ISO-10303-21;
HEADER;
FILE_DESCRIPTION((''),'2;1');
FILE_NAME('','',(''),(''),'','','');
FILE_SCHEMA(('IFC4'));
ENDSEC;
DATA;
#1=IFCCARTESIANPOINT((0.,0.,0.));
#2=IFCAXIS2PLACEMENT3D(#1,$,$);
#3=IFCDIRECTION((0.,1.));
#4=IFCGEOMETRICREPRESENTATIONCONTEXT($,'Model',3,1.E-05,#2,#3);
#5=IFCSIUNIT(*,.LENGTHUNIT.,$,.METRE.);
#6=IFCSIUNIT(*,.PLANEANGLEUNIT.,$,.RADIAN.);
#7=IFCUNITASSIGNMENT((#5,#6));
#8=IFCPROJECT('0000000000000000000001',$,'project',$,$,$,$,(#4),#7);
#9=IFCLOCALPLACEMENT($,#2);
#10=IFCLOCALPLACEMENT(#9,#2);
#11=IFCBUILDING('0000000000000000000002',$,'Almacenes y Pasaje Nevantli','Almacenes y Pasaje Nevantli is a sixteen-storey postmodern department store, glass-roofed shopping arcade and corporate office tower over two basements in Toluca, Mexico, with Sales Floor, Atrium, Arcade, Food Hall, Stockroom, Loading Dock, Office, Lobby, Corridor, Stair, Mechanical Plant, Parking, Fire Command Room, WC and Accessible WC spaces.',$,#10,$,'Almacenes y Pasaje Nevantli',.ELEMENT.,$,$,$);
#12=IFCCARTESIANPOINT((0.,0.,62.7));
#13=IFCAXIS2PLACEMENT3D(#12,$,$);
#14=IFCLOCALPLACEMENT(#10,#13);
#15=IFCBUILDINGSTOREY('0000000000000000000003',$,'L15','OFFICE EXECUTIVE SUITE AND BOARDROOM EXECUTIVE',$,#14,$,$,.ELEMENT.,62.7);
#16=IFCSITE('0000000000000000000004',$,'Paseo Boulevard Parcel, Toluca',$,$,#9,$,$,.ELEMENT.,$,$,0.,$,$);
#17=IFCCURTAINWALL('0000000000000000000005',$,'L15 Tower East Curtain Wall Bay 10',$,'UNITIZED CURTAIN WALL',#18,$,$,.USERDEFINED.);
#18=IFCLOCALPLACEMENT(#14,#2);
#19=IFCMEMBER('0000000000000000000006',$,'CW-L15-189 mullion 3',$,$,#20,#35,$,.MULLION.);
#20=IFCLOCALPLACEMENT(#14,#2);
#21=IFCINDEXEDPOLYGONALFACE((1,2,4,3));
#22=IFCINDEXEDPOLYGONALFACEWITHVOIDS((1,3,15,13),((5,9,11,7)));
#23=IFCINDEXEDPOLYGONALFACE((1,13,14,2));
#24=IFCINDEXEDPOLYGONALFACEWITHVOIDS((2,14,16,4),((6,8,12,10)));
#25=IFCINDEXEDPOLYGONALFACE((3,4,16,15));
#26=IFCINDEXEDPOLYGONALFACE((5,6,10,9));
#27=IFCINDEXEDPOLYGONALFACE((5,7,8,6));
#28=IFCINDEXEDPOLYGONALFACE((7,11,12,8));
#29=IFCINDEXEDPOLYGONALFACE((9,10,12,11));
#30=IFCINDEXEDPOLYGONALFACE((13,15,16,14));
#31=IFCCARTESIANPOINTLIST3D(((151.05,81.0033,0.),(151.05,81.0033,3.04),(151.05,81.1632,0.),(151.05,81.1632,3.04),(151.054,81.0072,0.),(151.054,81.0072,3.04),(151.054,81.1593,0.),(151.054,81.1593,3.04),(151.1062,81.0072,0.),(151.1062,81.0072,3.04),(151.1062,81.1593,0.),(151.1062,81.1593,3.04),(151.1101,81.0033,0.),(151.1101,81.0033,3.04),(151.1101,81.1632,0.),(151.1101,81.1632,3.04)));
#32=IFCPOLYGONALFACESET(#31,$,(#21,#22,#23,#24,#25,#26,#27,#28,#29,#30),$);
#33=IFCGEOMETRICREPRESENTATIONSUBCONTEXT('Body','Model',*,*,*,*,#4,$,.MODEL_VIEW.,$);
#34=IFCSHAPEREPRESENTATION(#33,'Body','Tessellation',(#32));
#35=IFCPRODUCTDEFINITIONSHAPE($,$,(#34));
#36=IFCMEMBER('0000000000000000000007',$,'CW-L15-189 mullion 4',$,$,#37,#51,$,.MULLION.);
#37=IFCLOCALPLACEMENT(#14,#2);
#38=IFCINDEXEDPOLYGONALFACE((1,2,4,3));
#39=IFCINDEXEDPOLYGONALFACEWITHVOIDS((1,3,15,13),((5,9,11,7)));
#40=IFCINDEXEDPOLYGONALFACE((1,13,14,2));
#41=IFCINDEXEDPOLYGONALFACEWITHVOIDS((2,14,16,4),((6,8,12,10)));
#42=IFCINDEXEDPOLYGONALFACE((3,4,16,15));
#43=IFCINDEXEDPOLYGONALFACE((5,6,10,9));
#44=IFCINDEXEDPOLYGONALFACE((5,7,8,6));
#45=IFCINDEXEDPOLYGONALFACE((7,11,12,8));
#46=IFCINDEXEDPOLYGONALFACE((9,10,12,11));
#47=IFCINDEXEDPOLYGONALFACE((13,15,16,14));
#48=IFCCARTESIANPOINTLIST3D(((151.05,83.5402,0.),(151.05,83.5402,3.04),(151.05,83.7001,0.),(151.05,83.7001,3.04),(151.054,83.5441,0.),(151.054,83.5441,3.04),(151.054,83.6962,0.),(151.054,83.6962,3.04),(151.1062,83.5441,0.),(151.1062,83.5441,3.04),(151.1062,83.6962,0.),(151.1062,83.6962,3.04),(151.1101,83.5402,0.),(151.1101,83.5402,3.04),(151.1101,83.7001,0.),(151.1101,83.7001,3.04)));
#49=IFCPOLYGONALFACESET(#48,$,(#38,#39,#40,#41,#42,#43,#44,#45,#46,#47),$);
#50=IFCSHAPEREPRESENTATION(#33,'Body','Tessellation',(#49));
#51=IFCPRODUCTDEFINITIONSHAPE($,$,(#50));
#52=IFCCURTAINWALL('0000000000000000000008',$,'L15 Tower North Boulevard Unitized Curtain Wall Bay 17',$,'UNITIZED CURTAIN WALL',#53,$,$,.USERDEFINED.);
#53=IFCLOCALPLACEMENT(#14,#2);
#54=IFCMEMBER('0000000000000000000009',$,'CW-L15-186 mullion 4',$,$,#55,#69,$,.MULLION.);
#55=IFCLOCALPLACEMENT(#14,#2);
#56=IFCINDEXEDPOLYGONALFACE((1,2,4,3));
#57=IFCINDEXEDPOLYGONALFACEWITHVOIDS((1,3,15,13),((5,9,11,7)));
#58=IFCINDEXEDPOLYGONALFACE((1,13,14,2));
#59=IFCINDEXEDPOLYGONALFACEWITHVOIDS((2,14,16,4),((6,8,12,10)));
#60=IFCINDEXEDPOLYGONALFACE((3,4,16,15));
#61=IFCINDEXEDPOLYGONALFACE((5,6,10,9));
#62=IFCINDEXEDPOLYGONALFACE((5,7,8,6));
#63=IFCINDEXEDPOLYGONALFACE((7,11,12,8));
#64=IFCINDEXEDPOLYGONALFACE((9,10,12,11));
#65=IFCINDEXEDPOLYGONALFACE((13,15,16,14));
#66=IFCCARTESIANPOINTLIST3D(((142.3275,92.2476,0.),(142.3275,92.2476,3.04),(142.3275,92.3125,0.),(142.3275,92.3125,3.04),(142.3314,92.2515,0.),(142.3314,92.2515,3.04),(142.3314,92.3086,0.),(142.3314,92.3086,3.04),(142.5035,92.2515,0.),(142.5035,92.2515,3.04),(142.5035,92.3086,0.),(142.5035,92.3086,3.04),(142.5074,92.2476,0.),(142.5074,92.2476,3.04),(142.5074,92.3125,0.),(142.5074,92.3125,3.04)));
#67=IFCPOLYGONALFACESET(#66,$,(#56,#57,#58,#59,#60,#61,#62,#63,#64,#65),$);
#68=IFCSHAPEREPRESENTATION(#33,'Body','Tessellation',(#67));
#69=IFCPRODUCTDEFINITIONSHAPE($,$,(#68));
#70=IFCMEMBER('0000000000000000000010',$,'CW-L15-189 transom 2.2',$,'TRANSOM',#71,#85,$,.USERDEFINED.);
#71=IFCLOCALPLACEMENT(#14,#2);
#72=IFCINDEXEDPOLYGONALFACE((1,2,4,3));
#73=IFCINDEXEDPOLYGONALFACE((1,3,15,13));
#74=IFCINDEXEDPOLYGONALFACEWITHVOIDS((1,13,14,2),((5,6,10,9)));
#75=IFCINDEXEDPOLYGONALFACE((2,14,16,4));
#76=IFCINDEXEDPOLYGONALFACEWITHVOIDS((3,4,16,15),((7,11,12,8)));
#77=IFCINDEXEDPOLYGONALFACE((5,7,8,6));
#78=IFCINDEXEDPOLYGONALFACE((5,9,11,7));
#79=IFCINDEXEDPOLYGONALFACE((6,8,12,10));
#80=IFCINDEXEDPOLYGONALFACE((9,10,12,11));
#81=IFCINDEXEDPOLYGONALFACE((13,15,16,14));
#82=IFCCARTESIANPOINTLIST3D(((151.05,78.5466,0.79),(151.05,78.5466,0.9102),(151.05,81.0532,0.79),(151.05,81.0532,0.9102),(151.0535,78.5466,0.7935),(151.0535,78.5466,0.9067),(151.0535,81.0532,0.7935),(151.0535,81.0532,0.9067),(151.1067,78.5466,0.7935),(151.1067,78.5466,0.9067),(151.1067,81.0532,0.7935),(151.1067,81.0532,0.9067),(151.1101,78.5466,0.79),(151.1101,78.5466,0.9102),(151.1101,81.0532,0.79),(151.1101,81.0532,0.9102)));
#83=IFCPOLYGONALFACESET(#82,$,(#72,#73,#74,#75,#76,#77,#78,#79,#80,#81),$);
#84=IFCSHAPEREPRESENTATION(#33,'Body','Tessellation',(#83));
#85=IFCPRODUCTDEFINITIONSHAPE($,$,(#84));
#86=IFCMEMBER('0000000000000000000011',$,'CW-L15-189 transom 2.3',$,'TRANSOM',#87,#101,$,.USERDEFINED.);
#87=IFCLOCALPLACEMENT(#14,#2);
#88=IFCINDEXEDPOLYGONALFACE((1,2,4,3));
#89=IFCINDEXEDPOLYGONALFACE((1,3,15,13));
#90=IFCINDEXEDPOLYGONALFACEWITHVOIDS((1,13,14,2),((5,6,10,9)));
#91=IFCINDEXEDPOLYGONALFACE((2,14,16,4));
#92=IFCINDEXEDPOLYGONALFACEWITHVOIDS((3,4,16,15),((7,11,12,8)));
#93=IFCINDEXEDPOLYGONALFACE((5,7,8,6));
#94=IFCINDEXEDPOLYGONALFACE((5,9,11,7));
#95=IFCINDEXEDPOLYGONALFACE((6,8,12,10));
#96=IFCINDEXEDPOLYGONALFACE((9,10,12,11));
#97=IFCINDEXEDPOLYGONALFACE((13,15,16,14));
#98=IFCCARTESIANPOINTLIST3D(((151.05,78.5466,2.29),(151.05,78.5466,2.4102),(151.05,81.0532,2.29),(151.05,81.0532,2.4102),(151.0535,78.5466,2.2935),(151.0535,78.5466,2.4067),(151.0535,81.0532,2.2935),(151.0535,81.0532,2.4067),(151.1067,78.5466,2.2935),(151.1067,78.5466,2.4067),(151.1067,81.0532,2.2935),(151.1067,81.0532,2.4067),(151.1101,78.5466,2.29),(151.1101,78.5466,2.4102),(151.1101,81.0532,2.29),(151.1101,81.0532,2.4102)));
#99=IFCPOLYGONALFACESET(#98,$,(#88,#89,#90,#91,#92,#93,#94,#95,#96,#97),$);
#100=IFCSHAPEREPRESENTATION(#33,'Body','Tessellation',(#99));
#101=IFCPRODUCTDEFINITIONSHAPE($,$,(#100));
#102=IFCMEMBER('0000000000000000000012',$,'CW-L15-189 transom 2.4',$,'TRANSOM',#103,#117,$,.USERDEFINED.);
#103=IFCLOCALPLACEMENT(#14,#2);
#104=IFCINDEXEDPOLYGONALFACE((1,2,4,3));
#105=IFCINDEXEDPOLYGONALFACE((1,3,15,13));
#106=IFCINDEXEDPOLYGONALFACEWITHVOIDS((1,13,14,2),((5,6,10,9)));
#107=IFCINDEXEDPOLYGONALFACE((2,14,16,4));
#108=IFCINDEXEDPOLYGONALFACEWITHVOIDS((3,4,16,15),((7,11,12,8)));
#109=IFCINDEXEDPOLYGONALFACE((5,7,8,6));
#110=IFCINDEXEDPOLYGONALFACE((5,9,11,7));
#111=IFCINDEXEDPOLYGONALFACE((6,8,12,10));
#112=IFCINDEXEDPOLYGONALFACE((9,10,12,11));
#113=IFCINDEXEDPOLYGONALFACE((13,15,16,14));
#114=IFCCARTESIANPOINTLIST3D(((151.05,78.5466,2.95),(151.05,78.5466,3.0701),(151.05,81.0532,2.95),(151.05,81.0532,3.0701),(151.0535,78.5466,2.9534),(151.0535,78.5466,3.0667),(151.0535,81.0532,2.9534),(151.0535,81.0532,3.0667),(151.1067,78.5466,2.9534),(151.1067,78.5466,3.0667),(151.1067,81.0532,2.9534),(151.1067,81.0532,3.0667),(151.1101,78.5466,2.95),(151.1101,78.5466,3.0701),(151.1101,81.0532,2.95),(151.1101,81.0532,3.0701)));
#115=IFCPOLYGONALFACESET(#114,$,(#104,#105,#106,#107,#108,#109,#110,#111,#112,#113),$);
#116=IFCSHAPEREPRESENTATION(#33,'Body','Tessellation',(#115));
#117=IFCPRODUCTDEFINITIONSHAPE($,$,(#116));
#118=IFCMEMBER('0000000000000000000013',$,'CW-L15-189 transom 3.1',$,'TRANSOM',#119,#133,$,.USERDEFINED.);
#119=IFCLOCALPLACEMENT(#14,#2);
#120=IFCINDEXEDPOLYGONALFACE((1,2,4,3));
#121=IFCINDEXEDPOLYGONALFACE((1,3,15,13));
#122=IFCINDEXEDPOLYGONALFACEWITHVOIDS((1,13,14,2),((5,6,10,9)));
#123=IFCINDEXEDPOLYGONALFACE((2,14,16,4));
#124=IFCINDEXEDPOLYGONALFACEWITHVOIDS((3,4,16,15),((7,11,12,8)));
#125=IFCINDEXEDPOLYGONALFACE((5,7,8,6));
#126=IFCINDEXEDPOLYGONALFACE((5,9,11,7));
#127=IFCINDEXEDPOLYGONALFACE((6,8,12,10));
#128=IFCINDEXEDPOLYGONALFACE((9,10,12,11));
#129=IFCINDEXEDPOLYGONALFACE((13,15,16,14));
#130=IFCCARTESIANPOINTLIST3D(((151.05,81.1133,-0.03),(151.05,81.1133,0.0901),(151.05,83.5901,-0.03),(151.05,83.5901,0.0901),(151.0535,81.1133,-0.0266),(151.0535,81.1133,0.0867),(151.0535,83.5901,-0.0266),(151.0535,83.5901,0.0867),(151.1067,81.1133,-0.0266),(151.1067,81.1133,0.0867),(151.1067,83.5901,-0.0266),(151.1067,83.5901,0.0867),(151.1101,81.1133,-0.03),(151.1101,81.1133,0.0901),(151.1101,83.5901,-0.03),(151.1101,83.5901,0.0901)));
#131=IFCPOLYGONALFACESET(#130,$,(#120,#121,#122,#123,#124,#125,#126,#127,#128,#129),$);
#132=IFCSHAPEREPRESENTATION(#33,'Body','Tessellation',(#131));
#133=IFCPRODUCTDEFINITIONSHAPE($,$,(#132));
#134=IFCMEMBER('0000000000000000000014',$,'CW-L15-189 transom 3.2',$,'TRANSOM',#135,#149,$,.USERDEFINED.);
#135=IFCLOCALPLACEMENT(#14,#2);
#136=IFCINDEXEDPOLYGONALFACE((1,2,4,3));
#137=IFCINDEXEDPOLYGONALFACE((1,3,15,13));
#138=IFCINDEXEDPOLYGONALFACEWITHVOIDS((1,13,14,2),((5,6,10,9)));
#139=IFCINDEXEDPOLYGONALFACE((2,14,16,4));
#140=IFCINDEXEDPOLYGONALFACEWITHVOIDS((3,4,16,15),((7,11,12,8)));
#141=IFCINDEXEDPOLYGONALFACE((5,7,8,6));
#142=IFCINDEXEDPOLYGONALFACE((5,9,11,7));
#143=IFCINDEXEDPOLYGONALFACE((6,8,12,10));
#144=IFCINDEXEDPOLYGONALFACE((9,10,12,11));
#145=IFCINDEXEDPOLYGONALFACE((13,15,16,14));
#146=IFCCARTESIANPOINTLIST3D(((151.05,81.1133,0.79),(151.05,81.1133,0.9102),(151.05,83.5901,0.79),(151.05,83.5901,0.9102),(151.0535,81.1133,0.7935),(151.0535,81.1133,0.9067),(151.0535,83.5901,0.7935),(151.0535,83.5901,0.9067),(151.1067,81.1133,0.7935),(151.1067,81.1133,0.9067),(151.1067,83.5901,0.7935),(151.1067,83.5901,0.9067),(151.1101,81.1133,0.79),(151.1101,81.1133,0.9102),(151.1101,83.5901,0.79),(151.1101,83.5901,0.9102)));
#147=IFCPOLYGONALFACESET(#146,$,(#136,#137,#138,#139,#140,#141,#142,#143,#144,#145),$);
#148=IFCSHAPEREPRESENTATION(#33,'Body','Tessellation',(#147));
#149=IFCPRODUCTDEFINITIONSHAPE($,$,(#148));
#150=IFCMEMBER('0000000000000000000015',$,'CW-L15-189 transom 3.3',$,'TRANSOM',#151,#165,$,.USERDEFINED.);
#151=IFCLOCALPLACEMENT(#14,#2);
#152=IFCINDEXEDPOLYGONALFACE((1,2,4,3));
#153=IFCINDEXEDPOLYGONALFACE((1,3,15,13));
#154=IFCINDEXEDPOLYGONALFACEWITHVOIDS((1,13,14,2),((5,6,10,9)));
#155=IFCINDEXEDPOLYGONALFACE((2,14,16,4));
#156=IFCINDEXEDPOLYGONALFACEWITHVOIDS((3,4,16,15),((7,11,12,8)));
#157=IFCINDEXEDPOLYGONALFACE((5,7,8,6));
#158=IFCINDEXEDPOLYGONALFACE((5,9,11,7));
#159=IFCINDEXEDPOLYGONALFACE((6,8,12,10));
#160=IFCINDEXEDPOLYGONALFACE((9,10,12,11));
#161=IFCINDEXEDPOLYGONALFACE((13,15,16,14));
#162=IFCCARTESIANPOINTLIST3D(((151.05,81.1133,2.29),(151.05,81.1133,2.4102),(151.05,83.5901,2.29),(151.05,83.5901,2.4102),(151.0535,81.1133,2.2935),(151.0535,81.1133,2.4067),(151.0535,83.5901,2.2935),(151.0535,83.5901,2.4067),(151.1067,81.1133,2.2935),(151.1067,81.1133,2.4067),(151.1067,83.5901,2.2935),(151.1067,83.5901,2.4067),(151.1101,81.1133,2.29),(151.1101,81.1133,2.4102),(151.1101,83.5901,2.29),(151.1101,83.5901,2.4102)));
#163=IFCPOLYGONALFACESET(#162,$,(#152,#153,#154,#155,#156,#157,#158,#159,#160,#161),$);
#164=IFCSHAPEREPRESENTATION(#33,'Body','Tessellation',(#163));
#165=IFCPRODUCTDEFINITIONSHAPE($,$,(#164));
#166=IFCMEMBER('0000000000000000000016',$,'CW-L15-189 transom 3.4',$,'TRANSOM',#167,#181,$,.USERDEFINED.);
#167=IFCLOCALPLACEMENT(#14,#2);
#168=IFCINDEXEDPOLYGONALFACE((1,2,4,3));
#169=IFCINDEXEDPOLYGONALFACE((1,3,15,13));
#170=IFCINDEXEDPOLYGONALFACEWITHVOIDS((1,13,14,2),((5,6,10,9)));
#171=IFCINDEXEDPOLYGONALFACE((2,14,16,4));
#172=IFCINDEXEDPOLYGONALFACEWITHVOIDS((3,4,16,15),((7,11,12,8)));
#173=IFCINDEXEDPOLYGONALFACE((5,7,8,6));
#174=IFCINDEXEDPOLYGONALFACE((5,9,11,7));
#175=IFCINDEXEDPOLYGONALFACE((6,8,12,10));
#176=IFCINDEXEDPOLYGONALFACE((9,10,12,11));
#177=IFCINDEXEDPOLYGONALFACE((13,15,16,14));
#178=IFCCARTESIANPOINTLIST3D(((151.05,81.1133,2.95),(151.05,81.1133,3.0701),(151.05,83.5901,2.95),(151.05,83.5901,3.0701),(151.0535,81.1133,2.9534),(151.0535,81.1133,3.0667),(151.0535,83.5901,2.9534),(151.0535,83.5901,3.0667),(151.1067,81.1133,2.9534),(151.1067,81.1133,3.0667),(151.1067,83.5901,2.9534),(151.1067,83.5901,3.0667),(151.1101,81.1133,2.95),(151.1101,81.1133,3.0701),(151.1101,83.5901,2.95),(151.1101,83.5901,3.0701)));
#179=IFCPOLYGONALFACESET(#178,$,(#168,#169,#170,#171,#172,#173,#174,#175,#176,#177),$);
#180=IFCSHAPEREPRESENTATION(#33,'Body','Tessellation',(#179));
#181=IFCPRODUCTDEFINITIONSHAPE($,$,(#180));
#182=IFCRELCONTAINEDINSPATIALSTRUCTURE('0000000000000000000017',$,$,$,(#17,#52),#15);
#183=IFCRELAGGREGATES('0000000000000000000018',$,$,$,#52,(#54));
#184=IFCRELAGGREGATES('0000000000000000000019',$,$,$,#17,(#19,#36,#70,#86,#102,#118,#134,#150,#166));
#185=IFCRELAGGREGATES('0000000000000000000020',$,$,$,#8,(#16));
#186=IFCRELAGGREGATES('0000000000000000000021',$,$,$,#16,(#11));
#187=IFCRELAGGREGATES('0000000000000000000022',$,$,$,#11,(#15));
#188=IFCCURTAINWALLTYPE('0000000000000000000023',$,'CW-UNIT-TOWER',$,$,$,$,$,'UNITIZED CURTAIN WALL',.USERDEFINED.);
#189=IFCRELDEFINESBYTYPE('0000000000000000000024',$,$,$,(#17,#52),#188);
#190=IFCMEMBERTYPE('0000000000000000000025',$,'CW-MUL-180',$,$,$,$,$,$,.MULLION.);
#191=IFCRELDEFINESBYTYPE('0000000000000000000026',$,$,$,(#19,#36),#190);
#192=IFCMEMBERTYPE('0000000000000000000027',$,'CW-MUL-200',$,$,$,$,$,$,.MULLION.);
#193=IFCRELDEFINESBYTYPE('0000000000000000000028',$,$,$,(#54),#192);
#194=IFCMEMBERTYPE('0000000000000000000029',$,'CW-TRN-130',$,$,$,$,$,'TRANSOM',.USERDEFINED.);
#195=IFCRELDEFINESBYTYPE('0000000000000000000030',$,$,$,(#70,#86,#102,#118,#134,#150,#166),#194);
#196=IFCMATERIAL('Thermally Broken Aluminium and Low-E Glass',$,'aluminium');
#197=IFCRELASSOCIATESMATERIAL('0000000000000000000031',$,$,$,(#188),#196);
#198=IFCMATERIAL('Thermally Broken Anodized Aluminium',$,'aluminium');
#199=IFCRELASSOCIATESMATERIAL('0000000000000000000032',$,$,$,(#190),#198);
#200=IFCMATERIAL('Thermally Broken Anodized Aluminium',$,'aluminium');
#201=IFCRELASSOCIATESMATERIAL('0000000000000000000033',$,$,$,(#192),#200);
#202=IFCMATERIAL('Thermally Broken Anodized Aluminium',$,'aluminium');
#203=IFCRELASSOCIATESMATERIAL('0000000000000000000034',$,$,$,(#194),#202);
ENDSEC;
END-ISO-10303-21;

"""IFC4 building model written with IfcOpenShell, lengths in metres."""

from ifc_helpers import new_model, si_unit, direction, frame, origin, origin_2d, place, context, subcontext, project, spatial, hollow_rectangle, extrude, material, material_profile, profile_set, type_object, element, aggregate, save


model = new_model("IFC4")

# Units and contexts
model_context = context("Model", 3, precision=1e-05, world=origin(), true_north=direction((0.0, 1.0)))
body_context = subcontext(model_context, "Body", "Model", "MODEL_VIEW")
ifc_project = project(units=[si_unit("LENGTHUNIT", "METRE"), si_unit("PLANEANGLEUNIT", "RADIAN")], contexts=[model_context])

# Site, building, storey
site_placement = place(None, origin())
site = spatial("IfcSite", under=ifc_project, at=site_placement, Name="Paseo Boulevard Parcel, Toluca", CompositionType="ELEMENT", RefElevation=0.0)
building_placement = place(site_placement, origin())
building = spatial("IfcBuilding", under=site, at=building_placement, Name="Almacenes y Pasaje Nevantli", Description="Almacenes y Pasaje Nevantli is a sixteen-storey postmodern department store, glass-roofed shopping arcade and corporate office tower over two basements in Toluca, Mexico, with Sales Floor, Atrium, Arcade, Food Hall, Stockroom, Loading Dock, Office, Lobby, Corridor, Stair, Mechanical Plant, Parking, Fire Command Room, WC and Accessible WC spaces.", LongName="Almacenes y Pasaje Nevantli", CompositionType="ELEMENT")
storey_placement = place(building_placement, frame((0.0, 0.0, 62.7)))
storey = spatial("IfcBuildingStorey", under=building, at=storey_placement, Name="L15", Description="OFFICE EXECUTIVE SUITE AND BOARDROOM EXECUTIVE", CompositionType="ELEMENT", Elevation=62.7)

# Curtain wall, members
ifc_material_1 = material(Name="Thermally Broken Aluminium and Low-E Glass", Category="aluminium")
curtain_wall_type = type_object("IfcCurtainWallType", Name="CW-UNIT-TOWER", ElementType="UNITIZED CURTAIN WALL", PredefinedType="USERDEFINED", material=ifc_material_1)
curtain_wall_1_placement = place(storey_placement, origin())
curtain_wall_1 = element("IfcCurtainWall", 1, at=curtain_wall_1_placement, inside=storey, type_object=curtain_wall_type, Name="L15 Tower East Curtain Wall Bay 10", ObjectType="UNITIZED CURTAIN WALL", PredefinedType="USERDEFINED")
ifc_material_2 = material(Name="Thermally Broken Anodized Aluminium", Category="aluminium")
ifc_material_profile_1 = material_profile(ifc_material_2, hollow_rectangle(XDim=0.0601, YDim=0.1599, WallThickness=0.0039, at=origin_2d()), Name="ALU-MUL-60x160")
ifc_profile_set_1 = profile_set([ifc_material_profile_1], Name="Thermally Broken Anodized Aluminium")
member_type_1 = type_object("IfcMemberType", Name="CW-MUL-180", PredefinedType="MULLION", material=ifc_profile_set_1)
member_1_placement = place(storey_placement, frame((151.0801, 81.0833, 0.0), z_axis=(0.0, 0.0, 1.0), x_axis=(-1.0, 0.0, 0.0)))
member_1 = element("IfcMember", 2, at=member_1_placement, type_object=member_type_1, Name="CW-L15-189 mullion 3", PredefinedType="MULLION", context=body_context, shape_type="SweptSolid", body=[
    extrude(hollow_rectangle(XDim=0.0601, YDim=0.1599, WallThickness=0.0039, at=origin_2d()), origin(), (0.0, 0.0, 1.0), 3.04),
])
member_2_placement = place(storey_placement, frame((151.0801, 83.6201, 0.0), z_axis=(0.0, 0.0, 1.0), x_axis=(-1.0, 0.0, 0.0)))
member_2 = element("IfcMember", 3, at=member_2_placement, type_object=member_type_1, Name="CW-L15-189 mullion 4", PredefinedType="MULLION", context=body_context, shape_type="SweptSolid", body=[
    extrude(hollow_rectangle(XDim=0.0601, YDim=0.1599, WallThickness=0.0039, at=origin_2d()), origin(), (0.0, 0.0, 1.0), 3.04),
])

# Curtain wall, member
curtain_wall_2_placement = place(storey_placement, origin())
curtain_wall_2 = element("IfcCurtainWall", 4, at=curtain_wall_2_placement, inside=storey, type_object=curtain_wall_type, Name="L15 Tower North Boulevard Unitized Curtain Wall Bay 17", ObjectType="UNITIZED CURTAIN WALL", PredefinedType="USERDEFINED")
ifc_material_3 = material(Name="Thermally Broken Anodized Aluminium", Category="aluminium")
ifc_material_profile_2 = material_profile(ifc_material_3, hollow_rectangle(XDim=0.0649, YDim=0.1799, WallThickness=0.0039, at=origin_2d()), Name="ALU-MUL-65x180")
ifc_profile_set_2 = profile_set([ifc_material_profile_2], Name="Thermally Broken Anodized Aluminium")
member_type_2 = type_object("IfcMemberType", Name="CW-MUL-200", PredefinedType="MULLION", material=ifc_profile_set_2)
member_3_placement = place(storey_placement, frame((142.4175, 92.28, 0.0), z_axis=(0.0, 0.0, 1.0), x_axis=(0.0, 1.0, 0.0)))
member_3 = element("IfcMember", 5, at=member_3_placement, type_object=member_type_2, Name="CW-L15-186 mullion 4", PredefinedType="MULLION", context=body_context, shape_type="SweptSolid", body=[
    extrude(hollow_rectangle(XDim=0.0649, YDim=0.1799, WallThickness=0.0039, at=origin_2d()), origin(), (0.0, 0.0, 1.0), 3.04),
])

# Members
ifc_material_4 = material(Name="Thermally Broken Anodized Aluminium", Category="aluminium")
ifc_material_profile_3 = material_profile(ifc_material_4, hollow_rectangle(XDim=0.0601, YDim=0.1201, WallThickness=0.0034, at=origin_2d()), Name="ALU-TRN-60x120")
ifc_profile_set_3 = profile_set([ifc_material_profile_3], Name="Thermally Broken Anodized Aluminium")
member_type_3 = type_object("IfcMemberType", Name="CW-TRN-130", ElementType="TRANSOM", PredefinedType="USERDEFINED", material=ifc_profile_set_3)
member_4_placement = place(storey_placement, frame((151.0801, 78.5466, 0.8501), z_axis=(0.0, 1.0, 0.0), x_axis=(-1.0, 0.0, 0.0)))
member_4 = element("IfcMember", 6, at=member_4_placement, type_object=member_type_3, Name="CW-L15-189 transom 2.2", ObjectType="TRANSOM", PredefinedType="USERDEFINED", context=body_context, shape_type="SweptSolid", body=[
    extrude(hollow_rectangle(XDim=0.0601, YDim=0.1201, WallThickness=0.0034, at=origin_2d()), origin(), (0.0, 0.0, 1.0), 2.5066),
])
member_5_placement = place(storey_placement, frame((151.0801, 78.5466, 2.3501), z_axis=(0.0, 1.0, 0.0), x_axis=(-1.0, 0.0, 0.0)))
member_5 = element("IfcMember", 7, at=member_5_placement, type_object=member_type_3, Name="CW-L15-189 transom 2.3", ObjectType="TRANSOM", PredefinedType="USERDEFINED", context=body_context, shape_type="SweptSolid", body=[
    extrude(hollow_rectangle(XDim=0.0601, YDim=0.1201, WallThickness=0.0034, at=origin_2d()), origin(), (0.0, 0.0, 1.0), 2.5066),
])
member_6_placement = place(storey_placement, frame((151.0801, 78.5466, 3.01), z_axis=(0.0, 1.0, 0.0), x_axis=(-1.0, 0.0, 0.0)))
member_6 = element("IfcMember", 8, at=member_6_placement, type_object=member_type_3, Name="CW-L15-189 transom 2.4", ObjectType="TRANSOM", PredefinedType="USERDEFINED", context=body_context, shape_type="SweptSolid", body=[
    extrude(hollow_rectangle(XDim=0.0601, YDim=0.1201, WallThickness=0.0034, at=origin_2d()), origin(), (0.0, 0.0, 1.0), 2.5066),
])
member_7_placement = place(storey_placement, frame((151.0801, 81.1133, 0.03), z_axis=(0.0, 1.0, 0.0), x_axis=(-1.0, 0.0, 0.0)))
member_7 = element("IfcMember", 9, at=member_7_placement, type_object=member_type_3, Name="CW-L15-189 transom 3.1", ObjectType="TRANSOM", PredefinedType="USERDEFINED", context=body_context, shape_type="SweptSolid", body=[
    extrude(hollow_rectangle(XDim=0.0601, YDim=0.1201, WallThickness=0.0034, at=origin_2d()), origin(), (0.0, 0.0, 1.0), 2.4768),
])
member_8_placement = place(storey_placement, frame((151.0801, 81.1133, 0.8501), z_axis=(0.0, 1.0, 0.0), x_axis=(-1.0, 0.0, 0.0)))
member_8 = element("IfcMember", 10, at=member_8_placement, type_object=member_type_3, Name="CW-L15-189 transom 3.2", ObjectType="TRANSOM", PredefinedType="USERDEFINED", context=body_context, shape_type="SweptSolid", body=[
    extrude(hollow_rectangle(XDim=0.0601, YDim=0.1201, WallThickness=0.0034, at=origin_2d()), origin(), (0.0, 0.0, 1.0), 2.4768),
])
member_9_placement = place(storey_placement, frame((151.0801, 81.1133, 2.3501), z_axis=(0.0, 1.0, 0.0), x_axis=(-1.0, 0.0, 0.0)))
member_9 = element("IfcMember", 11, at=member_9_placement, type_object=member_type_3, Name="CW-L15-189 transom 3.3", ObjectType="TRANSOM", PredefinedType="USERDEFINED", context=body_context, shape_type="SweptSolid", body=[
    extrude(hollow_rectangle(XDim=0.0601, YDim=0.1201, WallThickness=0.0034, at=origin_2d()), origin(), (0.0, 0.0, 1.0), 2.4768),
])
member_10_placement = place(storey_placement, frame((151.0801, 81.1133, 3.01), z_axis=(0.0, 1.0, 0.0), x_axis=(-1.0, 0.0, 0.0)))
member_10 = element("IfcMember", 12, at=member_10_placement, type_object=member_type_3, Name="CW-L15-189 transom 3.4", ObjectType="TRANSOM", PredefinedType="USERDEFINED", context=body_context, shape_type="SweptSolid", body=[
    extrude(hollow_rectangle(XDim=0.0601, YDim=0.1201, WallThickness=0.0034, at=origin_2d()), origin(), (0.0, 0.0, 1.0), 2.4768),
])

aggregate(curtain_wall_2, [member_3])
aggregate(curtain_wall_1, [member_1, member_2, member_4, member_5, member_6, member_7, member_8, member_9, member_10])

save(model, "model.ifc")
